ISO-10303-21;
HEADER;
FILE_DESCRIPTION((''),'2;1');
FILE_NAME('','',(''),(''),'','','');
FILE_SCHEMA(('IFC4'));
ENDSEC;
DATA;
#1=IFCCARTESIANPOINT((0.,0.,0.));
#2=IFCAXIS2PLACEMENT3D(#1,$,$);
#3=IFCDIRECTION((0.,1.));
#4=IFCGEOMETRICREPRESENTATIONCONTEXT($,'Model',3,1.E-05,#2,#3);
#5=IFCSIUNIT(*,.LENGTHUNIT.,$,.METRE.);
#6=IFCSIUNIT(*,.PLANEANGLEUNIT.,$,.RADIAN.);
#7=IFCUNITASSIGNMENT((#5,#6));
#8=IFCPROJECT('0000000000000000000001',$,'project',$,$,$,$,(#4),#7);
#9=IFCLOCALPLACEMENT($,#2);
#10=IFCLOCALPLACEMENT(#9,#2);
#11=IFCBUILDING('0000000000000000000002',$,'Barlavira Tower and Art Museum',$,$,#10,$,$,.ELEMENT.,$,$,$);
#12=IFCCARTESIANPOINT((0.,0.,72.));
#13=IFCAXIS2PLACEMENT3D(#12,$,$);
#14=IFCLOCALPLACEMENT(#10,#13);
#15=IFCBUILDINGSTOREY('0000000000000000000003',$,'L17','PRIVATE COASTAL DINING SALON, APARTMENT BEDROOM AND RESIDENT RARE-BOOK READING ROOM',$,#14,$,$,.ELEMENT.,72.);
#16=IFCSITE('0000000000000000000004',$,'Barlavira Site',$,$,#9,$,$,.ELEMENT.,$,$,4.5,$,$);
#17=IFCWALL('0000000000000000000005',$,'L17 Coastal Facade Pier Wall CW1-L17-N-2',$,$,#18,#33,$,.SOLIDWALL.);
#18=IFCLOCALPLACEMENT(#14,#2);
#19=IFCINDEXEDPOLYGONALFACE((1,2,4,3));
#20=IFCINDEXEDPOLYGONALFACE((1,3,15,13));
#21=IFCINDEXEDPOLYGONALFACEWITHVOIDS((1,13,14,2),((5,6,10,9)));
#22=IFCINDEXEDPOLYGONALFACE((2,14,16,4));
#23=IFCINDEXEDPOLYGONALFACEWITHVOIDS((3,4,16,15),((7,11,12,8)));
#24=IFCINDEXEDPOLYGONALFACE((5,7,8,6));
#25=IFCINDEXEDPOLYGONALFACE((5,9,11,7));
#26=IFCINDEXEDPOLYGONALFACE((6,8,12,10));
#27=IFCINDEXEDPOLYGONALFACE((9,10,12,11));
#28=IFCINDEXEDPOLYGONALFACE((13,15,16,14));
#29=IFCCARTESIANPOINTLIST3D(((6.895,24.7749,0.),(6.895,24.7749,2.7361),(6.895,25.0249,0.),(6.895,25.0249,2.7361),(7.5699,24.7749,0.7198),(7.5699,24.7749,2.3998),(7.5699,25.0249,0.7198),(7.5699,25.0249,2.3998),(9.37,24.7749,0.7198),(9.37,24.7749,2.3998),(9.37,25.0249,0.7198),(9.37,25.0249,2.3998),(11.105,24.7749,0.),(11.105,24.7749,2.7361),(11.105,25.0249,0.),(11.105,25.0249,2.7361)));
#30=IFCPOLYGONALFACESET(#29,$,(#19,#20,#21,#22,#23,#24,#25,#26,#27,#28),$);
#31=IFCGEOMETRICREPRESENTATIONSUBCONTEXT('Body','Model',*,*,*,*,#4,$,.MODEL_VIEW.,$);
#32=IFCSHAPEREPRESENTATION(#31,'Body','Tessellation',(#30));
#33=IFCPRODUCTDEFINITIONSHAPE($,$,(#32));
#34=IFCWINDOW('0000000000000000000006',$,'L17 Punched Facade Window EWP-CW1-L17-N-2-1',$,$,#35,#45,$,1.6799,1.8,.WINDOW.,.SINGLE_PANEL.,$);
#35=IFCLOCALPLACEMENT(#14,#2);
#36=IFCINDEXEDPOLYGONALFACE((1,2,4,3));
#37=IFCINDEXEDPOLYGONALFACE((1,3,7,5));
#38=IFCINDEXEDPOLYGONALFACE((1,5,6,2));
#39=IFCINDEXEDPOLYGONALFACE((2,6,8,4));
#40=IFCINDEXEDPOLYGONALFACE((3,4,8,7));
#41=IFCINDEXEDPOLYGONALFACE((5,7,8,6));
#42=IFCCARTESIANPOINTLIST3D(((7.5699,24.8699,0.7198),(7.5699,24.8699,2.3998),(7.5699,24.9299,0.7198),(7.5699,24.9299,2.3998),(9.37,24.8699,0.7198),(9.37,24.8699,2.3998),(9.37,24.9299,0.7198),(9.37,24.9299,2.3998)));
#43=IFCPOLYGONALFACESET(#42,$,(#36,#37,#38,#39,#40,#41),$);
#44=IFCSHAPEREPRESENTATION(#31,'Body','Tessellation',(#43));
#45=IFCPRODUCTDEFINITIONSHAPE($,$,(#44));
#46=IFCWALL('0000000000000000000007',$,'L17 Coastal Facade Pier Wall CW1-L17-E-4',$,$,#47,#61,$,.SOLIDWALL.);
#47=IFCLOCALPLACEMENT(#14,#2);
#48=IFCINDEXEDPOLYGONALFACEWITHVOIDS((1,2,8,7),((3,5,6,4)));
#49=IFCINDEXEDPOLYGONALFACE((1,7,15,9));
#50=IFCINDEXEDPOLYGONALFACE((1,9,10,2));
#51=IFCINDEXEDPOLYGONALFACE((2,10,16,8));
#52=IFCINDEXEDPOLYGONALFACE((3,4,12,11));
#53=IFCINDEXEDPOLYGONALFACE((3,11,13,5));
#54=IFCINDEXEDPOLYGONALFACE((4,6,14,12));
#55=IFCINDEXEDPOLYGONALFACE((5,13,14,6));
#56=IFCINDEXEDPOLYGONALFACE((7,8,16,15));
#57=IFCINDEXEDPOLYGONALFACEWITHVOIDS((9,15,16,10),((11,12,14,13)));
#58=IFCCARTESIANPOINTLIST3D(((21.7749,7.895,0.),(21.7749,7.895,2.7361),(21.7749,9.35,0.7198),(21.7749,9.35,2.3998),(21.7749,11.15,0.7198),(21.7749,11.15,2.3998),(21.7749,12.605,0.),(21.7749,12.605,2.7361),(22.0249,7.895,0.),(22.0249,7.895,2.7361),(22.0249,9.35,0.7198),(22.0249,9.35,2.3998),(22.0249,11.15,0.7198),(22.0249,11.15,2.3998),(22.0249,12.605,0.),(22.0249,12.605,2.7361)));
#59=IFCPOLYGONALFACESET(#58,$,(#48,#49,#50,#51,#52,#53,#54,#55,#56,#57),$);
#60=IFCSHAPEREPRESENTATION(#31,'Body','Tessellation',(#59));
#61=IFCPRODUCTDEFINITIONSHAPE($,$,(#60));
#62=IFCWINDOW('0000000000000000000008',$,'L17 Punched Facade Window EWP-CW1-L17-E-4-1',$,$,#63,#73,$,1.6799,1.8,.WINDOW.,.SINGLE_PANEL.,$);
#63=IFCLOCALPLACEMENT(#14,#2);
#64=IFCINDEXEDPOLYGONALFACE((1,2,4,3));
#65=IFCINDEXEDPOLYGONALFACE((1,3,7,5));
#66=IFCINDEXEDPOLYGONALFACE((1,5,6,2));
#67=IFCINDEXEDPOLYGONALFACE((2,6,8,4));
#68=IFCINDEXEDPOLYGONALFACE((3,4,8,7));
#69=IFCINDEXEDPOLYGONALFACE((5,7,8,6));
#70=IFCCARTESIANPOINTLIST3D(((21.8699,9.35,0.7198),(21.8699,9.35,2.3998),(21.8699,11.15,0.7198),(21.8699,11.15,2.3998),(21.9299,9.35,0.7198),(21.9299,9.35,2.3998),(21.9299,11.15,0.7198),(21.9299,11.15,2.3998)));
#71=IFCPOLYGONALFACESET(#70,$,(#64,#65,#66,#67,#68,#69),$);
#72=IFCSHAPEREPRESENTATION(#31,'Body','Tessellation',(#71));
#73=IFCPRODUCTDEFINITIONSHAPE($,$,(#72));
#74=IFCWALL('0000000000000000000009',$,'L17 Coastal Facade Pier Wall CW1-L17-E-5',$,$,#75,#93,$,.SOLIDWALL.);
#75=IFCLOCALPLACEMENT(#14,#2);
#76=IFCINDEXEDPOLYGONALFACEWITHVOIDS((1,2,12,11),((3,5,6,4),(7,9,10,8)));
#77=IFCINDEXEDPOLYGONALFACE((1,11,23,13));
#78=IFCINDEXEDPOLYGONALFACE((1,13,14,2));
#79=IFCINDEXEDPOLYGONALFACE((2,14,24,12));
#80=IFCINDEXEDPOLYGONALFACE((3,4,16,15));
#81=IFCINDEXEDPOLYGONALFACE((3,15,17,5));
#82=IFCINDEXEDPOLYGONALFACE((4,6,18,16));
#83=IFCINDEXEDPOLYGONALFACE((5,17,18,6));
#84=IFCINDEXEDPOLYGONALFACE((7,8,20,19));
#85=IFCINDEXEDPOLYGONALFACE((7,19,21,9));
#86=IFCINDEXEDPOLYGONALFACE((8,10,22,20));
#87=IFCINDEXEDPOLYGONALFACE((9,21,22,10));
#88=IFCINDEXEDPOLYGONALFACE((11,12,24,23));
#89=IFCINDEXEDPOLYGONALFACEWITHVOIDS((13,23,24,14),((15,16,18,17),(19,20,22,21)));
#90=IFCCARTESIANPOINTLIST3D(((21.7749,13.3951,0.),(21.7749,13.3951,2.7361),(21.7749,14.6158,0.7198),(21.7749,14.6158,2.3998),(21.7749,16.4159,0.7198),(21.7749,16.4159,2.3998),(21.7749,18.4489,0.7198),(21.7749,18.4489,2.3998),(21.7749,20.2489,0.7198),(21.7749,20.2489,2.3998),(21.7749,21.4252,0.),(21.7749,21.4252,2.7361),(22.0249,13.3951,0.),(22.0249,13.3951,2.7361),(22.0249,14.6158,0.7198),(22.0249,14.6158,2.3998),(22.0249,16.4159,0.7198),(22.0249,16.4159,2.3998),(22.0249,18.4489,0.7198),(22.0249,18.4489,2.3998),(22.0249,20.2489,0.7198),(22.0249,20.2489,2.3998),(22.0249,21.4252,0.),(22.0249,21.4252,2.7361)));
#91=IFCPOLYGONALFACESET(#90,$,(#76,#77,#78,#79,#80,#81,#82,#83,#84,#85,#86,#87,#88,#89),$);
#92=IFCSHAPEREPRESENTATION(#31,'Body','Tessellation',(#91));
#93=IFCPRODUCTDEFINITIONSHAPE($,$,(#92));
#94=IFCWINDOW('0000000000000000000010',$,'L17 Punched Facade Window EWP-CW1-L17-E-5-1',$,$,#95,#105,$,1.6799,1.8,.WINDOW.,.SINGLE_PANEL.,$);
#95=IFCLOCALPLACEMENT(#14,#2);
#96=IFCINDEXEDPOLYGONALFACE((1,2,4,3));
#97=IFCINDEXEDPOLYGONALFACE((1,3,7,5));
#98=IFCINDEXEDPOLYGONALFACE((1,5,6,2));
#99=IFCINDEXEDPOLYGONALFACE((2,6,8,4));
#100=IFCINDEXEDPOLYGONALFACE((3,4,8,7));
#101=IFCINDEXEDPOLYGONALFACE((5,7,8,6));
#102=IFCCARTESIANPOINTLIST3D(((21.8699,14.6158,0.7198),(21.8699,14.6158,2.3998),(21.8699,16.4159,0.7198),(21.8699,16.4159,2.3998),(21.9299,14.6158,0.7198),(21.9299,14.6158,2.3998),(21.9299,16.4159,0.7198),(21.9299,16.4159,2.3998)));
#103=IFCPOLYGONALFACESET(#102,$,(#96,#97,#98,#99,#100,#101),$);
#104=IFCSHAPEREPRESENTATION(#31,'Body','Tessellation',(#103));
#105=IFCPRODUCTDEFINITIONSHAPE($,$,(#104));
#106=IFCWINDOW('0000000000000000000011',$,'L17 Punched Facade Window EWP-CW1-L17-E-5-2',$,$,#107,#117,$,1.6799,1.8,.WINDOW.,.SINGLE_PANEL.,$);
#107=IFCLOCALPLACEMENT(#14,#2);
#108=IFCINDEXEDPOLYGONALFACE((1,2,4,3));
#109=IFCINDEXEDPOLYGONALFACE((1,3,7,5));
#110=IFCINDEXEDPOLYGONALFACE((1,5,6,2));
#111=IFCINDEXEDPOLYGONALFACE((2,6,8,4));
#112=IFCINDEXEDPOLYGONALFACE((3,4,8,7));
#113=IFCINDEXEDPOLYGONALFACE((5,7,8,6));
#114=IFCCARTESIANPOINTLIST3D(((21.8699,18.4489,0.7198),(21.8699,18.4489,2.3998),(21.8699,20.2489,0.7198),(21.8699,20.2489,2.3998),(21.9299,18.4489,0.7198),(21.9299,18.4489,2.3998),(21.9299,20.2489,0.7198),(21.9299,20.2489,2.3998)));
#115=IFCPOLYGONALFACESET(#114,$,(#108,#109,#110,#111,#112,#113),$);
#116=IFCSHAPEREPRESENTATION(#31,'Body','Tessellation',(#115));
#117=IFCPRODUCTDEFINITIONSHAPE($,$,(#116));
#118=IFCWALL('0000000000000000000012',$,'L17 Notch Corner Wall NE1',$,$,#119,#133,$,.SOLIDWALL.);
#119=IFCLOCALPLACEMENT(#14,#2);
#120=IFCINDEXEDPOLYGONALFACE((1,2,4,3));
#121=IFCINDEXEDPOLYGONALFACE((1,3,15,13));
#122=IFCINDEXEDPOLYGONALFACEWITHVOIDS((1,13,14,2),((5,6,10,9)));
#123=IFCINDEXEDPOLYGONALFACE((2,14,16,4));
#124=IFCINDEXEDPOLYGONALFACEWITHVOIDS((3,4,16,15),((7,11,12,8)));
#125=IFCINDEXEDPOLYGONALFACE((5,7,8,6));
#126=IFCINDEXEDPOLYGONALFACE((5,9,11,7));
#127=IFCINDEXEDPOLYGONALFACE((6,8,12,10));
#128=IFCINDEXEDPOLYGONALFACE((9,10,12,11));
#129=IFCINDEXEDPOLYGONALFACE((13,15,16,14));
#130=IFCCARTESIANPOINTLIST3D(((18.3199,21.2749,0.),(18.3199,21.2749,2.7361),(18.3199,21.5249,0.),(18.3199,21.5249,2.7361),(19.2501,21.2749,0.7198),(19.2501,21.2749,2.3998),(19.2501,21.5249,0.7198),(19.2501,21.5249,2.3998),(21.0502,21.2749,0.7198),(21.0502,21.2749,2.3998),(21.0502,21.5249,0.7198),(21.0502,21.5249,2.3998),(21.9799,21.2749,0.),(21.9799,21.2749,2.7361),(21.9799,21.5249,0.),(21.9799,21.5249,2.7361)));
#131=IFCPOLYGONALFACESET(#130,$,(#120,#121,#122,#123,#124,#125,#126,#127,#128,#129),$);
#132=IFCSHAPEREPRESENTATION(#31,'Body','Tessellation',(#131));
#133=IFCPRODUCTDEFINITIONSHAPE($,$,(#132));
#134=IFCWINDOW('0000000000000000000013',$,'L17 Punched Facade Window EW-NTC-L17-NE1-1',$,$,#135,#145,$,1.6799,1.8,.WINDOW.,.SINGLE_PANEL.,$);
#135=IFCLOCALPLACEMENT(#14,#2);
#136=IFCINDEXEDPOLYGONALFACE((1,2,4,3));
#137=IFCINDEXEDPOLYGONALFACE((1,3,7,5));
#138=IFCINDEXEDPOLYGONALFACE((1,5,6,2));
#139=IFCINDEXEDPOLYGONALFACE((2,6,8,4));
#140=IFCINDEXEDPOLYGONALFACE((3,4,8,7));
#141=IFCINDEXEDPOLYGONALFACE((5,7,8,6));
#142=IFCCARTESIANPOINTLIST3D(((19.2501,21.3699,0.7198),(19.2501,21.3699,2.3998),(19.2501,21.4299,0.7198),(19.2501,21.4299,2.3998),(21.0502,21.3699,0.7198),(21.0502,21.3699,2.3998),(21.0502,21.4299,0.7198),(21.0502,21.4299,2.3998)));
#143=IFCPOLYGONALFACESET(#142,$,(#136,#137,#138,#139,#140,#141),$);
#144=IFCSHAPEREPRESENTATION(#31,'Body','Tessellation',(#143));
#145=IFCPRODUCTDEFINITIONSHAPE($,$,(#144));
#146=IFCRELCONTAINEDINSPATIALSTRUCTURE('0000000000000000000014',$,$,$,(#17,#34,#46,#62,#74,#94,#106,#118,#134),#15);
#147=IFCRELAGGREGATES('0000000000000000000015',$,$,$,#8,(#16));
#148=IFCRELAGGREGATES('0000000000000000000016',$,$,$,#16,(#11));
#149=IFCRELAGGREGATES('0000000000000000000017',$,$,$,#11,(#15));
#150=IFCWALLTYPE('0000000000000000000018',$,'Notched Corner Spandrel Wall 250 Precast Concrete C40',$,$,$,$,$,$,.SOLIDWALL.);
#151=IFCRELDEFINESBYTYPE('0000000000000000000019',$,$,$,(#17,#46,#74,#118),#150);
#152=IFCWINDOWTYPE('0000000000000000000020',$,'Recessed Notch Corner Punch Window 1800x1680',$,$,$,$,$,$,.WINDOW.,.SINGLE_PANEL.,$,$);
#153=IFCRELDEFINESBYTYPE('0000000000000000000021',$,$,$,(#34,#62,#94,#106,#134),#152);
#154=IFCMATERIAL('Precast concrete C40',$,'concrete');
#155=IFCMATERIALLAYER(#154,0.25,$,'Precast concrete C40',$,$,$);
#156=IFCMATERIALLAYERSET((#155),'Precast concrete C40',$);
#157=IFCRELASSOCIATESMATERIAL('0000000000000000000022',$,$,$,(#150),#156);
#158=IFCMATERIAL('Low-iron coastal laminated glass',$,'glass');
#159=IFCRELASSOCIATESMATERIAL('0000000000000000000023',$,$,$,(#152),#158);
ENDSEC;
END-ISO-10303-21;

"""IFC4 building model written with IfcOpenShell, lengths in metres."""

from ifc_helpers import new_model, si_unit, direction, frame, frame_2d, origin, place, context, subcontext, project, spatial, rectangle, extrude, material, layer, layer_set, type_object, element, fill, save


model = new_model("IFC4")

# Units and contexts
model_context = context("Model", 3, precision=1e-05, world=origin(), true_north=direction((0.0, 1.0)))
body_context = subcontext(model_context, "Body", "Model", "MODEL_VIEW")
ifc_project = project(units=[si_unit("LENGTHUNIT", "METRE"), si_unit("PLANEANGLEUNIT", "RADIAN")], contexts=[model_context])

# Site, building, storey
site_placement = place(None, origin())
site = spatial("IfcSite", under=ifc_project, at=site_placement, Name="Barlavira Site", CompositionType="ELEMENT", RefElevation=4.5)
building_placement = place(site_placement, origin())
building = spatial("IfcBuilding", under=site, at=building_placement, Name="Barlavira Tower and Art Museum", CompositionType="ELEMENT")
storey_placement = place(building_placement, frame((0.0, 0.0, 72.0)))
storey = spatial("IfcBuildingStorey", under=building, at=storey_placement, Name="L17", Description="PRIVATE COASTAL DINING SALON, APARTMENT BEDROOM AND RESIDENT RARE-BOOK READING ROOM", CompositionType="ELEMENT", Elevation=72.0)

# Shared definitions
ifc_material_1 = material(Name="Precast concrete C40", Category="concrete")
ifc_layer_1 = layer(ifc_material_1, 0.25, Name="Precast concrete C40")
ifc_layer_set_1 = layer_set([ifc_layer_1], Name="Precast concrete C40")
wall_type_1 = type_object("IfcWallType", Name="Notched Corner Spandrel Wall 250 Precast Concrete C40", PredefinedType="SOLIDWALL", material=ifc_layer_set_1)
ifc_material_2 = material(Name="Low-iron coastal laminated glass", Category="glass")
window_type = type_object("IfcWindowType", Name="Recessed Notch Corner Punch Window 1800x1680", PartitioningType="SINGLE_PANEL", PredefinedType="WINDOW", material=ifc_material_2)

# Walls, openings, windows
wall_1_placement = place(storey_placement, frame((11.105, 24.8999, 0.0), z_axis=(0.0, 0.0, 1.0), x_axis=(-1.0, 0.0, 0.0)))
wall_1 = element("IfcWall", 1, at=wall_1_placement, inside=storey, type_object=wall_type_1, Name="L17 Coastal Facade Pier Wall CW1-L17-N-2", PredefinedType="SOLIDWALL", context=body_context, shape_type="SweptSolid", body=[
    extrude(rectangle(XDim=4.21, YDim=0.25, at=frame_2d((2.105, 0.0))), origin(), (0.0, 0.0, 1.0), 2.7361),
])
opening_1_placement = place(wall_1_placement, frame((1.7351, 0.0, 0.72)))
opening_1 = element("IfcOpeningElement", 2, at=opening_1_placement, cuts=wall_1, PredefinedType="OPENING", context=body_context, shape_type="SweptSolid", body=[
    extrude(rectangle(XDim=1.8, YDim=1.6799, at=frame_2d((0.8999, 0.8398))), frame((0.0, 0.135, 0.0), z_axis=(0.0, -1.0, 0.0), x_axis=(1.0, 0.0, 0.0)), (0.0, 0.0, 1.0), 0.27),
])
window_1_placement = place(opening_1_placement, origin())
window_1 = element("IfcWindow", 3, at=window_1_placement, inside=storey, type_object=window_type, Name="L17 Punched Facade Window EWP-CW1-L17-N-2-1", OverallHeight=1.6799, OverallWidth=1.8, PartitioningType="SINGLE_PANEL", PredefinedType="WINDOW", context=body_context, shape_type="SweptSolid", body=[
    extrude(rectangle(XDim=1.8, YDim=1.6799, at=frame_2d((0.8999, 0.8398))), frame((0.0, 0.03, 0.0), z_axis=(0.0, -1.0, 0.0), x_axis=(1.0, 0.0, 0.0)), (0.0, 0.0, 1.0), 0.0601),
])
fill(opening_1, window_1)
wall_2_placement = place(storey_placement, frame((21.8999, 7.895, 0.0), z_axis=(0.0, 0.0, 1.0), x_axis=(0.0, 1.0, 0.0)))
wall_2 = element("IfcWall", 4, at=wall_2_placement, inside=storey, type_object=wall_type_1, Name="L17 Coastal Facade Pier Wall CW1-L17-E-4", PredefinedType="SOLIDWALL", context=body_context, shape_type="SweptSolid", body=[
    extrude(rectangle(XDim=4.71, YDim=0.25, at=frame_2d((2.355, 0.0))), origin(), (0.0, 0.0, 1.0), 2.7361),
])
opening_2_placement = place(wall_2_placement, frame((1.4551, 0.0, 0.72)))
opening_2 = element("IfcOpeningElement", 5, at=opening_2_placement, cuts=wall_2, PredefinedType="OPENING", context=body_context, shape_type="SweptSolid", body=[
    extrude(rectangle(XDim=1.8, YDim=1.6799, at=frame_2d((0.8999, 0.8398))), frame((0.0, 0.135, 0.0), z_axis=(0.0, -1.0, 0.0), x_axis=(1.0, 0.0, 0.0)), (0.0, 0.0, 1.0), 0.27),
])
window_2_placement = place(opening_2_placement, origin())
window_2 = element("IfcWindow", 6, at=window_2_placement, inside=storey, type_object=window_type, Name="L17 Punched Facade Window EWP-CW1-L17-E-4-1", OverallHeight=1.6799, OverallWidth=1.8, PartitioningType="SINGLE_PANEL", PredefinedType="WINDOW", context=body_context, shape_type="SweptSolid", body=[
    extrude(rectangle(XDim=1.8, YDim=1.6799, at=frame_2d((0.8999, 0.8398))), frame((0.0, 0.03, 0.0), z_axis=(0.0, -1.0, 0.0), x_axis=(1.0, 0.0, 0.0)), (0.0, 0.0, 1.0), 0.0601),
])
fill(opening_2, window_2)

# Wall, openings, windows
wall_3_placement = place(storey_placement, frame((21.8999, 13.395, 0.0), z_axis=(0.0, 0.0, 1.0), x_axis=(0.0, 1.0, 0.0)))
wall_3 = element("IfcWall", 7, at=wall_3_placement, inside=storey, type_object=wall_type_1, Name="L17 Coastal Facade Pier Wall CW1-L17-E-5", PredefinedType="SOLIDWALL", context=body_context, shape_type="SweptSolid", body=[
    extrude(rectangle(XDim=8.03, YDim=0.25, at=frame_2d((4.0151, 0.0))), origin(), (0.0, 0.0, 1.0), 2.7361),
])
opening_3_placement = place(wall_3_placement, frame((1.2209, 0.0, 0.72)))
opening_3 = element("IfcOpeningElement", 8, at=opening_3_placement, cuts=wall_3, PredefinedType="OPENING", context=body_context, shape_type="SweptSolid", body=[
    extrude(rectangle(XDim=1.8, YDim=1.6799, at=frame_2d((0.8999, 0.8398))), frame((0.0, 0.135, 0.0), z_axis=(0.0, -1.0, 0.0), x_axis=(1.0, 0.0, 0.0)), (0.0, 0.0, 1.0), 0.27),
])
opening_4_placement = place(wall_3_placement, frame((5.054, 0.0, 0.72)))
opening_4 = element("IfcOpeningElement", 9, at=opening_4_placement, cuts=wall_3, PredefinedType="OPENING", context=body_context, shape_type="SweptSolid", body=[
    extrude(rectangle(XDim=1.8, YDim=1.6799, at=frame_2d((0.8999, 0.8398))), frame((0.0, 0.135, 0.0), z_axis=(0.0, -1.0, 0.0), x_axis=(1.0, 0.0, 0.0)), (0.0, 0.0, 1.0), 0.27),
])
window_3_placement = place(opening_3_placement, origin())
window_3 = element("IfcWindow", 10, at=window_3_placement, inside=storey, type_object=window_type, Name="L17 Punched Facade Window EWP-CW1-L17-E-5-1", OverallHeight=1.6799, OverallWidth=1.8, PartitioningType="SINGLE_PANEL", PredefinedType="WINDOW", context=body_context, shape_type="SweptSolid", body=[
    extrude(rectangle(XDim=1.8, YDim=1.6799, at=frame_2d((0.8999, 0.8398))), frame((0.0, 0.03, 0.0), z_axis=(0.0, -1.0, 0.0), x_axis=(1.0, 0.0, 0.0)), (0.0, 0.0, 1.0), 0.0601),
])
fill(opening_3, window_3)
window_4_placement = place(opening_4_placement, origin())
window_4 = element("IfcWindow", 11, at=window_4_placement, inside=storey, type_object=window_type, Name="L17 Punched Facade Window EWP-CW1-L17-E-5-2", OverallHeight=1.6799, OverallWidth=1.8, PartitioningType="SINGLE_PANEL", PredefinedType="WINDOW", context=body_context, shape_type="SweptSolid", body=[
    extrude(rectangle(XDim=1.8, YDim=1.6799, at=frame_2d((0.8999, 0.8398))), frame((0.0, 0.03, 0.0), z_axis=(0.0, -1.0, 0.0), x_axis=(1.0, 0.0, 0.0)), (0.0, 0.0, 1.0), 0.0601),
])
fill(opening_4, window_4)

# Wall, opening, window
wall_4_placement = place(storey_placement, frame((21.98, 21.3999, 0.0), z_axis=(0.0, 0.0, 1.0), x_axis=(-1.0, 0.0, 0.0)))
wall_4 = element("IfcWall", 12, at=wall_4_placement, inside=storey, type_object=wall_type_1, Name="L17 Notch Corner Wall NE1", PredefinedType="SOLIDWALL", context=body_context, shape_type="SweptSolid", body=[
    extrude(rectangle(XDim=3.6599, YDim=0.25, at=frame_2d((1.8301, 0.0))), origin(), (0.0, 0.0, 1.0), 2.7361),
])
opening_5_placement = place(wall_4_placement, frame((0.9299, 0.0, 0.72)))
opening_5 = element("IfcOpeningElement", 13, at=opening_5_placement, cuts=wall_4, PredefinedType="OPENING", context=body_context, shape_type="SweptSolid", body=[
    extrude(rectangle(XDim=1.8, YDim=1.6799, at=frame_2d((0.8999, 0.8398))), frame((0.0, 0.135, 0.0), z_axis=(0.0, -1.0, 0.0), x_axis=(1.0, 0.0, 0.0)), (0.0, 0.0, 1.0), 0.27),
])
window_5_placement = place(opening_5_placement, origin())
window_5 = element("IfcWindow", 14, at=window_5_placement, inside=storey, type_object=window_type, Name="L17 Punched Facade Window EW-NTC-L17-NE1-1", OverallHeight=1.6799, OverallWidth=1.8, PartitioningType="SINGLE_PANEL", PredefinedType="WINDOW", context=body_context, shape_type="SweptSolid", body=[
    extrude(rectangle(XDim=1.8, YDim=1.6799, at=frame_2d((0.8999, 0.8398))), frame((0.0, 0.03, 0.0), z_axis=(0.0, -1.0, 0.0), x_axis=(1.0, 0.0, 0.0)), (0.0, 0.0, 1.0), 0.0601),
])
fill(opening_5, window_5)

save(model, "model.ifc")
